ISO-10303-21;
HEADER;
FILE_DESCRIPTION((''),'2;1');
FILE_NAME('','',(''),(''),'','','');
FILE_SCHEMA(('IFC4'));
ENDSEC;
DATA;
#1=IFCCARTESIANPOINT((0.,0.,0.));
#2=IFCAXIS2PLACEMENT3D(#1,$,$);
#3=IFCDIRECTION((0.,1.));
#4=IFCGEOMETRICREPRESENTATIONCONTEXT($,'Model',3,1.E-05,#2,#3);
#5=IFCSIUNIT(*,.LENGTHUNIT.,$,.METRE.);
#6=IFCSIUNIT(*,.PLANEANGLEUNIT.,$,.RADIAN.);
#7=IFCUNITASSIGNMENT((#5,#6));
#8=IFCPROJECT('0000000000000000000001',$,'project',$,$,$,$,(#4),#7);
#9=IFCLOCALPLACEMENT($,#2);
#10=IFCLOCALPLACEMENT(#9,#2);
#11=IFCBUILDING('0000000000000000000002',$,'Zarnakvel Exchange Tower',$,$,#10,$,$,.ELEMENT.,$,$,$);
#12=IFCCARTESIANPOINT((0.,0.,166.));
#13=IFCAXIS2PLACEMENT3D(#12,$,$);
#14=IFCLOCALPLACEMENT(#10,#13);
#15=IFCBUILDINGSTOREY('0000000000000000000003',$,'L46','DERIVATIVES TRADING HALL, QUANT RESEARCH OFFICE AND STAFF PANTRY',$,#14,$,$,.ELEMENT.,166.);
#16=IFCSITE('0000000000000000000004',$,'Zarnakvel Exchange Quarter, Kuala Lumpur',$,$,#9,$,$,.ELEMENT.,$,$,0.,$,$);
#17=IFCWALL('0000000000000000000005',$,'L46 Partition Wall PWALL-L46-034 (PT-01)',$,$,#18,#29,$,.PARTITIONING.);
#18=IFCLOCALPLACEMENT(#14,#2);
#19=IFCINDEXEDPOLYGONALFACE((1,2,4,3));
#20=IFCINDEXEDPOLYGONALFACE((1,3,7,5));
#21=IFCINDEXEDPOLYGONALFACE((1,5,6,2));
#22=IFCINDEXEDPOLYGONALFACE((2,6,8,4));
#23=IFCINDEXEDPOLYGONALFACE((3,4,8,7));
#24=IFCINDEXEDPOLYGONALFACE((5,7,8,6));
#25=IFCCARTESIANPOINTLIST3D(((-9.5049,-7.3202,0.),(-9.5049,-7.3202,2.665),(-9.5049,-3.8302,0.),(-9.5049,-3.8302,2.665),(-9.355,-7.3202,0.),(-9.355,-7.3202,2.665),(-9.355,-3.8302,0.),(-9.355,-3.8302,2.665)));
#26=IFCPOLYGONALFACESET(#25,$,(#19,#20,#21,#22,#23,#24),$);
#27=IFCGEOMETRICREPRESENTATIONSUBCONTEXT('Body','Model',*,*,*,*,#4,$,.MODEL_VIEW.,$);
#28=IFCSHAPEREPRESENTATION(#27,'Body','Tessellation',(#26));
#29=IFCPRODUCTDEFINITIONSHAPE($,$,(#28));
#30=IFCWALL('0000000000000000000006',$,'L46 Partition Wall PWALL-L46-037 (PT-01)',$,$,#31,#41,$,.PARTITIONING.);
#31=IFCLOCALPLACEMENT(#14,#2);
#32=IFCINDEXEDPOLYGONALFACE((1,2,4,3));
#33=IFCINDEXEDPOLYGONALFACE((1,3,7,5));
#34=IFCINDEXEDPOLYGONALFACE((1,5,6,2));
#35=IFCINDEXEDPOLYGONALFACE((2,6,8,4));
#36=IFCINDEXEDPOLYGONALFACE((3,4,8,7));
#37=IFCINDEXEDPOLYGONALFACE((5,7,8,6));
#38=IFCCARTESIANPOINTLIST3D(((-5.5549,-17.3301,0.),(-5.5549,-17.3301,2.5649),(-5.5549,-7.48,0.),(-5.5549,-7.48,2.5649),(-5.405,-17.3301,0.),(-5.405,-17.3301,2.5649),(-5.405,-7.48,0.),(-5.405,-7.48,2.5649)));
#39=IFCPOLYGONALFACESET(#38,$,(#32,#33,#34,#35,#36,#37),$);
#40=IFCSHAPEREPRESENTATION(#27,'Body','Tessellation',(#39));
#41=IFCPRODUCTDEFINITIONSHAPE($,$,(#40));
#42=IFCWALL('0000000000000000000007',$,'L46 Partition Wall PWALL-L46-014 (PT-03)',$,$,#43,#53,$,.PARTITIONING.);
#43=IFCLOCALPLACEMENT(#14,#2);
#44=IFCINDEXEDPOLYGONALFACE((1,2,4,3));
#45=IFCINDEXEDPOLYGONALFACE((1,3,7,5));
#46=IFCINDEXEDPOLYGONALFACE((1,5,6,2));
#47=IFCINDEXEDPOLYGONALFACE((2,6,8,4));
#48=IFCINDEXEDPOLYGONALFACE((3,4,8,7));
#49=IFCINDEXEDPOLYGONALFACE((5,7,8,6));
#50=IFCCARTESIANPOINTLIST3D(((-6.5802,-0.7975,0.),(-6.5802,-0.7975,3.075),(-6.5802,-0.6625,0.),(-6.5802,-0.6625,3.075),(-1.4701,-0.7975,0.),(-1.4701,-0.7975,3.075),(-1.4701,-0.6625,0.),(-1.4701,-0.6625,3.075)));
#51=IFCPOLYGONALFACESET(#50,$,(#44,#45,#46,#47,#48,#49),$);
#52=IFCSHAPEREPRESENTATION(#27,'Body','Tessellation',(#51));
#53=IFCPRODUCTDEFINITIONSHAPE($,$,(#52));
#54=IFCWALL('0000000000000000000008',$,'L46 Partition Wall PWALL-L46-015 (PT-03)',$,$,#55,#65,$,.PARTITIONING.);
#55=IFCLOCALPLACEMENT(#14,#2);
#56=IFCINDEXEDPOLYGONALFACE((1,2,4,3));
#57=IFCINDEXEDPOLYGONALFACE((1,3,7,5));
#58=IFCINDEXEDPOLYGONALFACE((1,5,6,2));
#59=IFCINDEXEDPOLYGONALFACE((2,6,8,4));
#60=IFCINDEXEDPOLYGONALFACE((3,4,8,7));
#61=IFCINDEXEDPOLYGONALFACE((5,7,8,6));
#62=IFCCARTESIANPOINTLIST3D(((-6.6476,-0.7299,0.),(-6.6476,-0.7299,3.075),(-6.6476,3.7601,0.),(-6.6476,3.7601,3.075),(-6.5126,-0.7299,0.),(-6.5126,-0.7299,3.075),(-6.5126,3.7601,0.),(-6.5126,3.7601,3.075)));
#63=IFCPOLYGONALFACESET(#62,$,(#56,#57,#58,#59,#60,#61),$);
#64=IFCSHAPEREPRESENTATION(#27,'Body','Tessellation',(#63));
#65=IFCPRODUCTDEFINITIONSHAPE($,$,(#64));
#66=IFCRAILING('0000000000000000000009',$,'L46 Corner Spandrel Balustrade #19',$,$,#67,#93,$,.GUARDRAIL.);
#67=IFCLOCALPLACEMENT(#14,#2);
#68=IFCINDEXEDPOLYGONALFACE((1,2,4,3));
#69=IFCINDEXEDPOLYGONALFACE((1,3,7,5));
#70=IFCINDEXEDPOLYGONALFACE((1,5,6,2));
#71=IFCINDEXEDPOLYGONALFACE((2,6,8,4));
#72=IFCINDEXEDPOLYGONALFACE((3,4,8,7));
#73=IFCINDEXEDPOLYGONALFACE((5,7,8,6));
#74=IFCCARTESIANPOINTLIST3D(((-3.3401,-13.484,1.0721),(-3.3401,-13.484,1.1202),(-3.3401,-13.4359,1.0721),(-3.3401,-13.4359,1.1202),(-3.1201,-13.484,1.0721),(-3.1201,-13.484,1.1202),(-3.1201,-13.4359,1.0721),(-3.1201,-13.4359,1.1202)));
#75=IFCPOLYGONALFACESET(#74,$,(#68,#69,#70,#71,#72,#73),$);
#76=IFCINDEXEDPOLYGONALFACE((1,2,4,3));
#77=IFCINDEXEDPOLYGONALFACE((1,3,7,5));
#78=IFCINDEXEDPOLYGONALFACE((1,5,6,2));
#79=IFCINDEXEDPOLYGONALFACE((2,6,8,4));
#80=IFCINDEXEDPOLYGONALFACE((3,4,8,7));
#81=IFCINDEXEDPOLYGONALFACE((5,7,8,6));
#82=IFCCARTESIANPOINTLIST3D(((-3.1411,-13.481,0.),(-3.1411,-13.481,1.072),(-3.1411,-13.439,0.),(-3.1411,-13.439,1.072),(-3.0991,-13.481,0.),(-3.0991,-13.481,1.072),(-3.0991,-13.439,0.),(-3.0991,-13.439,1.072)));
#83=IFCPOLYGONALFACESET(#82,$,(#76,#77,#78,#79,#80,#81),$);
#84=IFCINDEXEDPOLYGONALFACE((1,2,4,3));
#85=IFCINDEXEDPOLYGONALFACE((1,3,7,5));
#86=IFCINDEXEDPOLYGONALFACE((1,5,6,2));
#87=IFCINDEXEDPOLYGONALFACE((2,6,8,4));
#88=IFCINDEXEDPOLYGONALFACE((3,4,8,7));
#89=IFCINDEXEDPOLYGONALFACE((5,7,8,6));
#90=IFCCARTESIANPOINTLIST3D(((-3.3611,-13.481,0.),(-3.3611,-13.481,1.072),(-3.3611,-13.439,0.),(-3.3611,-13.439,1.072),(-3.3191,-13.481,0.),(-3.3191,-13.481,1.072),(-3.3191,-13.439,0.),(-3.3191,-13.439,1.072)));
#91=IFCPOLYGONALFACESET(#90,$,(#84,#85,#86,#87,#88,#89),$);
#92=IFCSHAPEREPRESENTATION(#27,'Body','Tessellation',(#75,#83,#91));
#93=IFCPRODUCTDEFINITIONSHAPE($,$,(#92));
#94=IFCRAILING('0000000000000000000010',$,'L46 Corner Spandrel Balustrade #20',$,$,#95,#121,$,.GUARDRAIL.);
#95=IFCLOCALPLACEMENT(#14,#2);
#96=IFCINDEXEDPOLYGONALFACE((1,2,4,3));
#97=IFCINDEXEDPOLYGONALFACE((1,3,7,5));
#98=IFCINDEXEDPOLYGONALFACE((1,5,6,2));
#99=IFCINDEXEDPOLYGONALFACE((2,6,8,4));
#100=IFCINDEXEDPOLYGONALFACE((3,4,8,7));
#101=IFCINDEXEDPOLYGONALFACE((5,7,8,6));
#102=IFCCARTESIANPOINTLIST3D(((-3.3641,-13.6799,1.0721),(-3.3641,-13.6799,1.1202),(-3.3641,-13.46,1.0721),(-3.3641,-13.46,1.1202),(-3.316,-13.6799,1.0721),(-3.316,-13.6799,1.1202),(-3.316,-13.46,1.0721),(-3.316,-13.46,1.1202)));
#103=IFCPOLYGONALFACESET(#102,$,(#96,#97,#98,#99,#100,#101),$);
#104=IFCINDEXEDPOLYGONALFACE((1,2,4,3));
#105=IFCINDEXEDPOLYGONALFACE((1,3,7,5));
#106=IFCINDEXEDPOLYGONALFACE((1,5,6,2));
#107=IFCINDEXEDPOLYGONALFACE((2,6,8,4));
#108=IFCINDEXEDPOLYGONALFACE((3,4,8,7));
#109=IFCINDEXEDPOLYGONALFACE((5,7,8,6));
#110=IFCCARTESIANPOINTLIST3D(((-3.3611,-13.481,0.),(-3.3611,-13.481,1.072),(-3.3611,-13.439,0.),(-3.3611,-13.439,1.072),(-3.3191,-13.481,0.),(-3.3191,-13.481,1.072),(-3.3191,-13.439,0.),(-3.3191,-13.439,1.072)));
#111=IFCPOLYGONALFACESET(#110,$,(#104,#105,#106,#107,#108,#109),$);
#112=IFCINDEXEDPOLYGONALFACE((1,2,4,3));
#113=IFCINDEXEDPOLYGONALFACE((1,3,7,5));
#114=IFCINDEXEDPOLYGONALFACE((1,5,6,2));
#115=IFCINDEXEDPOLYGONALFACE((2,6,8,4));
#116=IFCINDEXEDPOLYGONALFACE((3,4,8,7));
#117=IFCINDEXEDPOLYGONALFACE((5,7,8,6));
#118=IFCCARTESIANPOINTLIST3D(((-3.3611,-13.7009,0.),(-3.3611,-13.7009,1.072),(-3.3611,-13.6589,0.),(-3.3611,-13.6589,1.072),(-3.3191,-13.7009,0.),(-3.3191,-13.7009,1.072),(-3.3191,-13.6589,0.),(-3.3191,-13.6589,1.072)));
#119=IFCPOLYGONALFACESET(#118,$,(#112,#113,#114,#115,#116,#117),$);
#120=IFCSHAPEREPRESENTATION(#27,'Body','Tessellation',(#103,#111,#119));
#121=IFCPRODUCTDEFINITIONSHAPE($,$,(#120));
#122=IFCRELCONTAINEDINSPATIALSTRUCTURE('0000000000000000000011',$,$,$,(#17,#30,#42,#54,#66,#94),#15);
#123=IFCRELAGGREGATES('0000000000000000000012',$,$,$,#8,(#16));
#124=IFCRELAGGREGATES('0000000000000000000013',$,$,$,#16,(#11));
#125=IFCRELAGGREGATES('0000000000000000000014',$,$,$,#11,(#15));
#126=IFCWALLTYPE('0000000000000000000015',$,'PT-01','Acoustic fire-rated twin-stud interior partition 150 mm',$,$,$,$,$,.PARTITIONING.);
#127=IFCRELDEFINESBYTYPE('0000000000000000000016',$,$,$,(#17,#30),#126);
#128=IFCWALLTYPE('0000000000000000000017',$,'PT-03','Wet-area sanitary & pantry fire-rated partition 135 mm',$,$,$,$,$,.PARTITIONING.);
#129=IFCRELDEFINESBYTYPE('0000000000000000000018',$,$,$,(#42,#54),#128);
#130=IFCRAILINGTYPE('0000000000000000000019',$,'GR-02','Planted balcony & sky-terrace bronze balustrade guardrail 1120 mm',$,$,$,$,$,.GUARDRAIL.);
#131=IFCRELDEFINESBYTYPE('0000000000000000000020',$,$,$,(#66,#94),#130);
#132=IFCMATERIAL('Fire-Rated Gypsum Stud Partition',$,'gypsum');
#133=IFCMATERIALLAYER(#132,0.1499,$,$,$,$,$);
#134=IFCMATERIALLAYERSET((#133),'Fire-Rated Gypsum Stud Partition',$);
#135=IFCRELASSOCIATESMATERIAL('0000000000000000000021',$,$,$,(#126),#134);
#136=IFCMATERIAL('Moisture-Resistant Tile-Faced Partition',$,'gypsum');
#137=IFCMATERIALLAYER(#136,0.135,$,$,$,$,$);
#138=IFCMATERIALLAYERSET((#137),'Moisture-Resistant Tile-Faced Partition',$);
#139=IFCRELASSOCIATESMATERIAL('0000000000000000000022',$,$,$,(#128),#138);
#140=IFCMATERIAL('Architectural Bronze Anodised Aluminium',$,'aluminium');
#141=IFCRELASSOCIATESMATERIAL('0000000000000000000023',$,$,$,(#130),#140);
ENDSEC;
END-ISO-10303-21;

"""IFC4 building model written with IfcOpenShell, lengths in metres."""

from ifc_helpers import new_model, si_unit, direction, frame, frame_2d, origin, origin_2d, place, context, subcontext, project, spatial, rectangle, extrude, material, layer, layer_set, type_object, element, save


model = new_model("IFC4")

# Units and contexts
model_context = context("Model", 3, precision=1e-05, world=origin(), true_north=direction((0.0, 1.0)))
body_context = subcontext(model_context, "Body", "Model", "MODEL_VIEW")
ifc_project = project(units=[si_unit("LENGTHUNIT", "METRE"), si_unit("PLANEANGLEUNIT", "RADIAN")], contexts=[model_context])

# Site, building, storey
site_placement = place(None, origin())
site = spatial("IfcSite", under=ifc_project, at=site_placement, Name="Zarnakvel Exchange Quarter, Kuala Lumpur", CompositionType="ELEMENT", RefElevation=0.0)
building_placement = place(site_placement, origin())
building = spatial("IfcBuilding", under=site, at=building_placement, Name="Zarnakvel Exchange Tower", CompositionType="ELEMENT")
storey_placement = place(building_placement, frame((0.0, 0.0, 166.0)))
storey = spatial("IfcBuildingStorey", under=building, at=storey_placement, Name="L46", Description="DERIVATIVES TRADING HALL, QUANT RESEARCH OFFICE AND STAFF PANTRY", CompositionType="ELEMENT", Elevation=166.0)

# Walls
ifc_material_1 = material(Name="Fire-Rated Gypsum Stud Partition", Category="gypsum")
ifc_layer_1 = layer(ifc_material_1, 0.1499)
ifc_layer_set_1 = layer_set([ifc_layer_1], Name="Fire-Rated Gypsum Stud Partition")
wall_type_1 = type_object("IfcWallType", Name="PT-01", Description="Acoustic fire-rated twin-stud interior partition 150 mm", PredefinedType="PARTITIONING", material=ifc_layer_set_1)
wall_1_placement = place(storey_placement, frame((-9.4299, -3.8301, 0.0), z_axis=(0.0, 0.0, 1.0), x_axis=(0.0, -1.0, 0.0)))
element("IfcWall", 1, at=wall_1_placement, inside=storey, type_object=wall_type_1, Name="L46 Partition Wall PWALL-L46-034 (PT-01)", PredefinedType="PARTITIONING", context=body_context, shape_type="SweptSolid", body=[
    extrude(rectangle(XDim=3.49, YDim=0.1499, at=frame_2d((1.7451, 0.0))), origin(), (0.0, 0.0, 1.0), 2.665),
])
wall_2_placement = place(storey_placement, frame((-5.48, -7.48, 0.0), z_axis=(0.0, 0.0, 1.0), x_axis=(0.0, -1.0, 0.0)))
element("IfcWall", 2, at=wall_2_placement, inside=storey, type_object=wall_type_1, Name="L46 Partition Wall PWALL-L46-037 (PT-01)", PredefinedType="PARTITIONING", context=body_context, shape_type="SweptSolid", body=[
    extrude(rectangle(XDim=9.8501, YDim=0.1499, at=frame_2d((4.925, 0.0))), origin(), (0.0, 0.0, 1.0), 2.5649),
])
ifc_material_2 = material(Name="Moisture-Resistant Tile-Faced Partition", Category="gypsum")
ifc_layer_2 = layer(ifc_material_2, 0.135)
ifc_layer_set_2 = layer_set([ifc_layer_2], Name="Moisture-Resistant Tile-Faced Partition")
wall_type_2 = type_object("IfcWallType", Name="PT-03", Description="Wet-area sanitary & pantry fire-rated partition 135 mm", PredefinedType="PARTITIONING", material=ifc_layer_set_2)
wall_3_placement = place(storey_placement, frame((-1.47, -0.73, 0.0), z_axis=(0.0, 0.0, 1.0), x_axis=(-1.0, 0.0, 0.0)))
element("IfcWall", 3, at=wall_3_placement, inside=storey, type_object=wall_type_2, Name="L46 Partition Wall PWALL-L46-014 (PT-03)", PredefinedType="PARTITIONING", context=body_context, shape_type="SweptSolid", body=[
    extrude(rectangle(XDim=5.1101, YDim=0.135, at=frame_2d((2.5552, 0.0))), origin(), (0.0, 0.0, 1.0), 3.075),
])
wall_4_placement = place(storey_placement, frame((-6.5801, -0.73, 0.0), z_axis=(0.0, 0.0, 1.0), x_axis=(0.0, 1.0, 0.0)))
element("IfcWall", 4, at=wall_4_placement, inside=storey, type_object=wall_type_2, Name="L46 Partition Wall PWALL-L46-015 (PT-03)", PredefinedType="PARTITIONING", context=body_context, shape_type="SweptSolid", body=[
    extrude(rectangle(XDim=4.49, YDim=0.135, at=frame_2d((2.2451, 0.0))), origin(), (0.0, 0.0, 1.0), 3.075),
])

# Railings
ifc_material_3 = material(Name="Architectural Bronze Anodised Aluminium", Category="aluminium")
railing_type_1 = type_object("IfcRailingType", Name="GR-02", Description="Planted balcony & sky-terrace bronze balustrade guardrail 1120 mm", PredefinedType="GUARDRAIL", material=ifc_material_3)
railing_1_placement = place(storey_placement, frame((-3.1201, -13.46, 0.0)))
element("IfcRailing", 5, at=railing_1_placement, inside=storey, type_object=railing_type_1, Name="L46 Corner Spandrel Balustrade #19", PredefinedType="GUARDRAIL", context=body_context, shape_type="SweptSolid", body=[
    extrude(rectangle(XDim=0.0481, YDim=0.0481, at=origin_2d()), frame((0.0, 0.0, 1.0962), z_axis=(-1.0, 0.0, 0.0), x_axis=(0.0, -1.0, 0.0)), (0.0, 0.0, 1.0), 0.22),
    extrude(rectangle(XDim=0.042, YDim=0.042, at=origin_2d()), origin(), (0.0, 0.0, 1.0), 1.072),
    extrude(rectangle(XDim=0.042, YDim=0.042, at=origin_2d()), frame((-0.22, 0.0, 0.0)), (0.0, 0.0, 1.0), 1.072),
])
railing_2_placement = place(storey_placement, frame((-3.3401, -13.46, 0.0)))
element("IfcRailing", 6, at=railing_2_placement, inside=storey, type_object=railing_type_1, Name="L46 Corner Spandrel Balustrade #20", PredefinedType="GUARDRAIL", context=body_context, shape_type="SweptSolid", body=[
    extrude(rectangle(XDim=0.0481, YDim=0.0481, at=origin_2d()), frame((0.0, 0.0, 1.0962), z_axis=(0.0, -1.0, 0.0), x_axis=(1.0, 0.0, 0.0)), (0.0, 0.0, 1.0), 0.22),
    extrude(rectangle(XDim=0.042, YDim=0.042, at=origin_2d()), origin(), (0.0, 0.0, 1.0), 1.072),
    extrude(rectangle(XDim=0.042, YDim=0.042, at=origin_2d()), frame((0.0, -0.22, 0.0)), (0.0, 0.0, 1.0), 1.072),
])

save(model, "model.ifc")
